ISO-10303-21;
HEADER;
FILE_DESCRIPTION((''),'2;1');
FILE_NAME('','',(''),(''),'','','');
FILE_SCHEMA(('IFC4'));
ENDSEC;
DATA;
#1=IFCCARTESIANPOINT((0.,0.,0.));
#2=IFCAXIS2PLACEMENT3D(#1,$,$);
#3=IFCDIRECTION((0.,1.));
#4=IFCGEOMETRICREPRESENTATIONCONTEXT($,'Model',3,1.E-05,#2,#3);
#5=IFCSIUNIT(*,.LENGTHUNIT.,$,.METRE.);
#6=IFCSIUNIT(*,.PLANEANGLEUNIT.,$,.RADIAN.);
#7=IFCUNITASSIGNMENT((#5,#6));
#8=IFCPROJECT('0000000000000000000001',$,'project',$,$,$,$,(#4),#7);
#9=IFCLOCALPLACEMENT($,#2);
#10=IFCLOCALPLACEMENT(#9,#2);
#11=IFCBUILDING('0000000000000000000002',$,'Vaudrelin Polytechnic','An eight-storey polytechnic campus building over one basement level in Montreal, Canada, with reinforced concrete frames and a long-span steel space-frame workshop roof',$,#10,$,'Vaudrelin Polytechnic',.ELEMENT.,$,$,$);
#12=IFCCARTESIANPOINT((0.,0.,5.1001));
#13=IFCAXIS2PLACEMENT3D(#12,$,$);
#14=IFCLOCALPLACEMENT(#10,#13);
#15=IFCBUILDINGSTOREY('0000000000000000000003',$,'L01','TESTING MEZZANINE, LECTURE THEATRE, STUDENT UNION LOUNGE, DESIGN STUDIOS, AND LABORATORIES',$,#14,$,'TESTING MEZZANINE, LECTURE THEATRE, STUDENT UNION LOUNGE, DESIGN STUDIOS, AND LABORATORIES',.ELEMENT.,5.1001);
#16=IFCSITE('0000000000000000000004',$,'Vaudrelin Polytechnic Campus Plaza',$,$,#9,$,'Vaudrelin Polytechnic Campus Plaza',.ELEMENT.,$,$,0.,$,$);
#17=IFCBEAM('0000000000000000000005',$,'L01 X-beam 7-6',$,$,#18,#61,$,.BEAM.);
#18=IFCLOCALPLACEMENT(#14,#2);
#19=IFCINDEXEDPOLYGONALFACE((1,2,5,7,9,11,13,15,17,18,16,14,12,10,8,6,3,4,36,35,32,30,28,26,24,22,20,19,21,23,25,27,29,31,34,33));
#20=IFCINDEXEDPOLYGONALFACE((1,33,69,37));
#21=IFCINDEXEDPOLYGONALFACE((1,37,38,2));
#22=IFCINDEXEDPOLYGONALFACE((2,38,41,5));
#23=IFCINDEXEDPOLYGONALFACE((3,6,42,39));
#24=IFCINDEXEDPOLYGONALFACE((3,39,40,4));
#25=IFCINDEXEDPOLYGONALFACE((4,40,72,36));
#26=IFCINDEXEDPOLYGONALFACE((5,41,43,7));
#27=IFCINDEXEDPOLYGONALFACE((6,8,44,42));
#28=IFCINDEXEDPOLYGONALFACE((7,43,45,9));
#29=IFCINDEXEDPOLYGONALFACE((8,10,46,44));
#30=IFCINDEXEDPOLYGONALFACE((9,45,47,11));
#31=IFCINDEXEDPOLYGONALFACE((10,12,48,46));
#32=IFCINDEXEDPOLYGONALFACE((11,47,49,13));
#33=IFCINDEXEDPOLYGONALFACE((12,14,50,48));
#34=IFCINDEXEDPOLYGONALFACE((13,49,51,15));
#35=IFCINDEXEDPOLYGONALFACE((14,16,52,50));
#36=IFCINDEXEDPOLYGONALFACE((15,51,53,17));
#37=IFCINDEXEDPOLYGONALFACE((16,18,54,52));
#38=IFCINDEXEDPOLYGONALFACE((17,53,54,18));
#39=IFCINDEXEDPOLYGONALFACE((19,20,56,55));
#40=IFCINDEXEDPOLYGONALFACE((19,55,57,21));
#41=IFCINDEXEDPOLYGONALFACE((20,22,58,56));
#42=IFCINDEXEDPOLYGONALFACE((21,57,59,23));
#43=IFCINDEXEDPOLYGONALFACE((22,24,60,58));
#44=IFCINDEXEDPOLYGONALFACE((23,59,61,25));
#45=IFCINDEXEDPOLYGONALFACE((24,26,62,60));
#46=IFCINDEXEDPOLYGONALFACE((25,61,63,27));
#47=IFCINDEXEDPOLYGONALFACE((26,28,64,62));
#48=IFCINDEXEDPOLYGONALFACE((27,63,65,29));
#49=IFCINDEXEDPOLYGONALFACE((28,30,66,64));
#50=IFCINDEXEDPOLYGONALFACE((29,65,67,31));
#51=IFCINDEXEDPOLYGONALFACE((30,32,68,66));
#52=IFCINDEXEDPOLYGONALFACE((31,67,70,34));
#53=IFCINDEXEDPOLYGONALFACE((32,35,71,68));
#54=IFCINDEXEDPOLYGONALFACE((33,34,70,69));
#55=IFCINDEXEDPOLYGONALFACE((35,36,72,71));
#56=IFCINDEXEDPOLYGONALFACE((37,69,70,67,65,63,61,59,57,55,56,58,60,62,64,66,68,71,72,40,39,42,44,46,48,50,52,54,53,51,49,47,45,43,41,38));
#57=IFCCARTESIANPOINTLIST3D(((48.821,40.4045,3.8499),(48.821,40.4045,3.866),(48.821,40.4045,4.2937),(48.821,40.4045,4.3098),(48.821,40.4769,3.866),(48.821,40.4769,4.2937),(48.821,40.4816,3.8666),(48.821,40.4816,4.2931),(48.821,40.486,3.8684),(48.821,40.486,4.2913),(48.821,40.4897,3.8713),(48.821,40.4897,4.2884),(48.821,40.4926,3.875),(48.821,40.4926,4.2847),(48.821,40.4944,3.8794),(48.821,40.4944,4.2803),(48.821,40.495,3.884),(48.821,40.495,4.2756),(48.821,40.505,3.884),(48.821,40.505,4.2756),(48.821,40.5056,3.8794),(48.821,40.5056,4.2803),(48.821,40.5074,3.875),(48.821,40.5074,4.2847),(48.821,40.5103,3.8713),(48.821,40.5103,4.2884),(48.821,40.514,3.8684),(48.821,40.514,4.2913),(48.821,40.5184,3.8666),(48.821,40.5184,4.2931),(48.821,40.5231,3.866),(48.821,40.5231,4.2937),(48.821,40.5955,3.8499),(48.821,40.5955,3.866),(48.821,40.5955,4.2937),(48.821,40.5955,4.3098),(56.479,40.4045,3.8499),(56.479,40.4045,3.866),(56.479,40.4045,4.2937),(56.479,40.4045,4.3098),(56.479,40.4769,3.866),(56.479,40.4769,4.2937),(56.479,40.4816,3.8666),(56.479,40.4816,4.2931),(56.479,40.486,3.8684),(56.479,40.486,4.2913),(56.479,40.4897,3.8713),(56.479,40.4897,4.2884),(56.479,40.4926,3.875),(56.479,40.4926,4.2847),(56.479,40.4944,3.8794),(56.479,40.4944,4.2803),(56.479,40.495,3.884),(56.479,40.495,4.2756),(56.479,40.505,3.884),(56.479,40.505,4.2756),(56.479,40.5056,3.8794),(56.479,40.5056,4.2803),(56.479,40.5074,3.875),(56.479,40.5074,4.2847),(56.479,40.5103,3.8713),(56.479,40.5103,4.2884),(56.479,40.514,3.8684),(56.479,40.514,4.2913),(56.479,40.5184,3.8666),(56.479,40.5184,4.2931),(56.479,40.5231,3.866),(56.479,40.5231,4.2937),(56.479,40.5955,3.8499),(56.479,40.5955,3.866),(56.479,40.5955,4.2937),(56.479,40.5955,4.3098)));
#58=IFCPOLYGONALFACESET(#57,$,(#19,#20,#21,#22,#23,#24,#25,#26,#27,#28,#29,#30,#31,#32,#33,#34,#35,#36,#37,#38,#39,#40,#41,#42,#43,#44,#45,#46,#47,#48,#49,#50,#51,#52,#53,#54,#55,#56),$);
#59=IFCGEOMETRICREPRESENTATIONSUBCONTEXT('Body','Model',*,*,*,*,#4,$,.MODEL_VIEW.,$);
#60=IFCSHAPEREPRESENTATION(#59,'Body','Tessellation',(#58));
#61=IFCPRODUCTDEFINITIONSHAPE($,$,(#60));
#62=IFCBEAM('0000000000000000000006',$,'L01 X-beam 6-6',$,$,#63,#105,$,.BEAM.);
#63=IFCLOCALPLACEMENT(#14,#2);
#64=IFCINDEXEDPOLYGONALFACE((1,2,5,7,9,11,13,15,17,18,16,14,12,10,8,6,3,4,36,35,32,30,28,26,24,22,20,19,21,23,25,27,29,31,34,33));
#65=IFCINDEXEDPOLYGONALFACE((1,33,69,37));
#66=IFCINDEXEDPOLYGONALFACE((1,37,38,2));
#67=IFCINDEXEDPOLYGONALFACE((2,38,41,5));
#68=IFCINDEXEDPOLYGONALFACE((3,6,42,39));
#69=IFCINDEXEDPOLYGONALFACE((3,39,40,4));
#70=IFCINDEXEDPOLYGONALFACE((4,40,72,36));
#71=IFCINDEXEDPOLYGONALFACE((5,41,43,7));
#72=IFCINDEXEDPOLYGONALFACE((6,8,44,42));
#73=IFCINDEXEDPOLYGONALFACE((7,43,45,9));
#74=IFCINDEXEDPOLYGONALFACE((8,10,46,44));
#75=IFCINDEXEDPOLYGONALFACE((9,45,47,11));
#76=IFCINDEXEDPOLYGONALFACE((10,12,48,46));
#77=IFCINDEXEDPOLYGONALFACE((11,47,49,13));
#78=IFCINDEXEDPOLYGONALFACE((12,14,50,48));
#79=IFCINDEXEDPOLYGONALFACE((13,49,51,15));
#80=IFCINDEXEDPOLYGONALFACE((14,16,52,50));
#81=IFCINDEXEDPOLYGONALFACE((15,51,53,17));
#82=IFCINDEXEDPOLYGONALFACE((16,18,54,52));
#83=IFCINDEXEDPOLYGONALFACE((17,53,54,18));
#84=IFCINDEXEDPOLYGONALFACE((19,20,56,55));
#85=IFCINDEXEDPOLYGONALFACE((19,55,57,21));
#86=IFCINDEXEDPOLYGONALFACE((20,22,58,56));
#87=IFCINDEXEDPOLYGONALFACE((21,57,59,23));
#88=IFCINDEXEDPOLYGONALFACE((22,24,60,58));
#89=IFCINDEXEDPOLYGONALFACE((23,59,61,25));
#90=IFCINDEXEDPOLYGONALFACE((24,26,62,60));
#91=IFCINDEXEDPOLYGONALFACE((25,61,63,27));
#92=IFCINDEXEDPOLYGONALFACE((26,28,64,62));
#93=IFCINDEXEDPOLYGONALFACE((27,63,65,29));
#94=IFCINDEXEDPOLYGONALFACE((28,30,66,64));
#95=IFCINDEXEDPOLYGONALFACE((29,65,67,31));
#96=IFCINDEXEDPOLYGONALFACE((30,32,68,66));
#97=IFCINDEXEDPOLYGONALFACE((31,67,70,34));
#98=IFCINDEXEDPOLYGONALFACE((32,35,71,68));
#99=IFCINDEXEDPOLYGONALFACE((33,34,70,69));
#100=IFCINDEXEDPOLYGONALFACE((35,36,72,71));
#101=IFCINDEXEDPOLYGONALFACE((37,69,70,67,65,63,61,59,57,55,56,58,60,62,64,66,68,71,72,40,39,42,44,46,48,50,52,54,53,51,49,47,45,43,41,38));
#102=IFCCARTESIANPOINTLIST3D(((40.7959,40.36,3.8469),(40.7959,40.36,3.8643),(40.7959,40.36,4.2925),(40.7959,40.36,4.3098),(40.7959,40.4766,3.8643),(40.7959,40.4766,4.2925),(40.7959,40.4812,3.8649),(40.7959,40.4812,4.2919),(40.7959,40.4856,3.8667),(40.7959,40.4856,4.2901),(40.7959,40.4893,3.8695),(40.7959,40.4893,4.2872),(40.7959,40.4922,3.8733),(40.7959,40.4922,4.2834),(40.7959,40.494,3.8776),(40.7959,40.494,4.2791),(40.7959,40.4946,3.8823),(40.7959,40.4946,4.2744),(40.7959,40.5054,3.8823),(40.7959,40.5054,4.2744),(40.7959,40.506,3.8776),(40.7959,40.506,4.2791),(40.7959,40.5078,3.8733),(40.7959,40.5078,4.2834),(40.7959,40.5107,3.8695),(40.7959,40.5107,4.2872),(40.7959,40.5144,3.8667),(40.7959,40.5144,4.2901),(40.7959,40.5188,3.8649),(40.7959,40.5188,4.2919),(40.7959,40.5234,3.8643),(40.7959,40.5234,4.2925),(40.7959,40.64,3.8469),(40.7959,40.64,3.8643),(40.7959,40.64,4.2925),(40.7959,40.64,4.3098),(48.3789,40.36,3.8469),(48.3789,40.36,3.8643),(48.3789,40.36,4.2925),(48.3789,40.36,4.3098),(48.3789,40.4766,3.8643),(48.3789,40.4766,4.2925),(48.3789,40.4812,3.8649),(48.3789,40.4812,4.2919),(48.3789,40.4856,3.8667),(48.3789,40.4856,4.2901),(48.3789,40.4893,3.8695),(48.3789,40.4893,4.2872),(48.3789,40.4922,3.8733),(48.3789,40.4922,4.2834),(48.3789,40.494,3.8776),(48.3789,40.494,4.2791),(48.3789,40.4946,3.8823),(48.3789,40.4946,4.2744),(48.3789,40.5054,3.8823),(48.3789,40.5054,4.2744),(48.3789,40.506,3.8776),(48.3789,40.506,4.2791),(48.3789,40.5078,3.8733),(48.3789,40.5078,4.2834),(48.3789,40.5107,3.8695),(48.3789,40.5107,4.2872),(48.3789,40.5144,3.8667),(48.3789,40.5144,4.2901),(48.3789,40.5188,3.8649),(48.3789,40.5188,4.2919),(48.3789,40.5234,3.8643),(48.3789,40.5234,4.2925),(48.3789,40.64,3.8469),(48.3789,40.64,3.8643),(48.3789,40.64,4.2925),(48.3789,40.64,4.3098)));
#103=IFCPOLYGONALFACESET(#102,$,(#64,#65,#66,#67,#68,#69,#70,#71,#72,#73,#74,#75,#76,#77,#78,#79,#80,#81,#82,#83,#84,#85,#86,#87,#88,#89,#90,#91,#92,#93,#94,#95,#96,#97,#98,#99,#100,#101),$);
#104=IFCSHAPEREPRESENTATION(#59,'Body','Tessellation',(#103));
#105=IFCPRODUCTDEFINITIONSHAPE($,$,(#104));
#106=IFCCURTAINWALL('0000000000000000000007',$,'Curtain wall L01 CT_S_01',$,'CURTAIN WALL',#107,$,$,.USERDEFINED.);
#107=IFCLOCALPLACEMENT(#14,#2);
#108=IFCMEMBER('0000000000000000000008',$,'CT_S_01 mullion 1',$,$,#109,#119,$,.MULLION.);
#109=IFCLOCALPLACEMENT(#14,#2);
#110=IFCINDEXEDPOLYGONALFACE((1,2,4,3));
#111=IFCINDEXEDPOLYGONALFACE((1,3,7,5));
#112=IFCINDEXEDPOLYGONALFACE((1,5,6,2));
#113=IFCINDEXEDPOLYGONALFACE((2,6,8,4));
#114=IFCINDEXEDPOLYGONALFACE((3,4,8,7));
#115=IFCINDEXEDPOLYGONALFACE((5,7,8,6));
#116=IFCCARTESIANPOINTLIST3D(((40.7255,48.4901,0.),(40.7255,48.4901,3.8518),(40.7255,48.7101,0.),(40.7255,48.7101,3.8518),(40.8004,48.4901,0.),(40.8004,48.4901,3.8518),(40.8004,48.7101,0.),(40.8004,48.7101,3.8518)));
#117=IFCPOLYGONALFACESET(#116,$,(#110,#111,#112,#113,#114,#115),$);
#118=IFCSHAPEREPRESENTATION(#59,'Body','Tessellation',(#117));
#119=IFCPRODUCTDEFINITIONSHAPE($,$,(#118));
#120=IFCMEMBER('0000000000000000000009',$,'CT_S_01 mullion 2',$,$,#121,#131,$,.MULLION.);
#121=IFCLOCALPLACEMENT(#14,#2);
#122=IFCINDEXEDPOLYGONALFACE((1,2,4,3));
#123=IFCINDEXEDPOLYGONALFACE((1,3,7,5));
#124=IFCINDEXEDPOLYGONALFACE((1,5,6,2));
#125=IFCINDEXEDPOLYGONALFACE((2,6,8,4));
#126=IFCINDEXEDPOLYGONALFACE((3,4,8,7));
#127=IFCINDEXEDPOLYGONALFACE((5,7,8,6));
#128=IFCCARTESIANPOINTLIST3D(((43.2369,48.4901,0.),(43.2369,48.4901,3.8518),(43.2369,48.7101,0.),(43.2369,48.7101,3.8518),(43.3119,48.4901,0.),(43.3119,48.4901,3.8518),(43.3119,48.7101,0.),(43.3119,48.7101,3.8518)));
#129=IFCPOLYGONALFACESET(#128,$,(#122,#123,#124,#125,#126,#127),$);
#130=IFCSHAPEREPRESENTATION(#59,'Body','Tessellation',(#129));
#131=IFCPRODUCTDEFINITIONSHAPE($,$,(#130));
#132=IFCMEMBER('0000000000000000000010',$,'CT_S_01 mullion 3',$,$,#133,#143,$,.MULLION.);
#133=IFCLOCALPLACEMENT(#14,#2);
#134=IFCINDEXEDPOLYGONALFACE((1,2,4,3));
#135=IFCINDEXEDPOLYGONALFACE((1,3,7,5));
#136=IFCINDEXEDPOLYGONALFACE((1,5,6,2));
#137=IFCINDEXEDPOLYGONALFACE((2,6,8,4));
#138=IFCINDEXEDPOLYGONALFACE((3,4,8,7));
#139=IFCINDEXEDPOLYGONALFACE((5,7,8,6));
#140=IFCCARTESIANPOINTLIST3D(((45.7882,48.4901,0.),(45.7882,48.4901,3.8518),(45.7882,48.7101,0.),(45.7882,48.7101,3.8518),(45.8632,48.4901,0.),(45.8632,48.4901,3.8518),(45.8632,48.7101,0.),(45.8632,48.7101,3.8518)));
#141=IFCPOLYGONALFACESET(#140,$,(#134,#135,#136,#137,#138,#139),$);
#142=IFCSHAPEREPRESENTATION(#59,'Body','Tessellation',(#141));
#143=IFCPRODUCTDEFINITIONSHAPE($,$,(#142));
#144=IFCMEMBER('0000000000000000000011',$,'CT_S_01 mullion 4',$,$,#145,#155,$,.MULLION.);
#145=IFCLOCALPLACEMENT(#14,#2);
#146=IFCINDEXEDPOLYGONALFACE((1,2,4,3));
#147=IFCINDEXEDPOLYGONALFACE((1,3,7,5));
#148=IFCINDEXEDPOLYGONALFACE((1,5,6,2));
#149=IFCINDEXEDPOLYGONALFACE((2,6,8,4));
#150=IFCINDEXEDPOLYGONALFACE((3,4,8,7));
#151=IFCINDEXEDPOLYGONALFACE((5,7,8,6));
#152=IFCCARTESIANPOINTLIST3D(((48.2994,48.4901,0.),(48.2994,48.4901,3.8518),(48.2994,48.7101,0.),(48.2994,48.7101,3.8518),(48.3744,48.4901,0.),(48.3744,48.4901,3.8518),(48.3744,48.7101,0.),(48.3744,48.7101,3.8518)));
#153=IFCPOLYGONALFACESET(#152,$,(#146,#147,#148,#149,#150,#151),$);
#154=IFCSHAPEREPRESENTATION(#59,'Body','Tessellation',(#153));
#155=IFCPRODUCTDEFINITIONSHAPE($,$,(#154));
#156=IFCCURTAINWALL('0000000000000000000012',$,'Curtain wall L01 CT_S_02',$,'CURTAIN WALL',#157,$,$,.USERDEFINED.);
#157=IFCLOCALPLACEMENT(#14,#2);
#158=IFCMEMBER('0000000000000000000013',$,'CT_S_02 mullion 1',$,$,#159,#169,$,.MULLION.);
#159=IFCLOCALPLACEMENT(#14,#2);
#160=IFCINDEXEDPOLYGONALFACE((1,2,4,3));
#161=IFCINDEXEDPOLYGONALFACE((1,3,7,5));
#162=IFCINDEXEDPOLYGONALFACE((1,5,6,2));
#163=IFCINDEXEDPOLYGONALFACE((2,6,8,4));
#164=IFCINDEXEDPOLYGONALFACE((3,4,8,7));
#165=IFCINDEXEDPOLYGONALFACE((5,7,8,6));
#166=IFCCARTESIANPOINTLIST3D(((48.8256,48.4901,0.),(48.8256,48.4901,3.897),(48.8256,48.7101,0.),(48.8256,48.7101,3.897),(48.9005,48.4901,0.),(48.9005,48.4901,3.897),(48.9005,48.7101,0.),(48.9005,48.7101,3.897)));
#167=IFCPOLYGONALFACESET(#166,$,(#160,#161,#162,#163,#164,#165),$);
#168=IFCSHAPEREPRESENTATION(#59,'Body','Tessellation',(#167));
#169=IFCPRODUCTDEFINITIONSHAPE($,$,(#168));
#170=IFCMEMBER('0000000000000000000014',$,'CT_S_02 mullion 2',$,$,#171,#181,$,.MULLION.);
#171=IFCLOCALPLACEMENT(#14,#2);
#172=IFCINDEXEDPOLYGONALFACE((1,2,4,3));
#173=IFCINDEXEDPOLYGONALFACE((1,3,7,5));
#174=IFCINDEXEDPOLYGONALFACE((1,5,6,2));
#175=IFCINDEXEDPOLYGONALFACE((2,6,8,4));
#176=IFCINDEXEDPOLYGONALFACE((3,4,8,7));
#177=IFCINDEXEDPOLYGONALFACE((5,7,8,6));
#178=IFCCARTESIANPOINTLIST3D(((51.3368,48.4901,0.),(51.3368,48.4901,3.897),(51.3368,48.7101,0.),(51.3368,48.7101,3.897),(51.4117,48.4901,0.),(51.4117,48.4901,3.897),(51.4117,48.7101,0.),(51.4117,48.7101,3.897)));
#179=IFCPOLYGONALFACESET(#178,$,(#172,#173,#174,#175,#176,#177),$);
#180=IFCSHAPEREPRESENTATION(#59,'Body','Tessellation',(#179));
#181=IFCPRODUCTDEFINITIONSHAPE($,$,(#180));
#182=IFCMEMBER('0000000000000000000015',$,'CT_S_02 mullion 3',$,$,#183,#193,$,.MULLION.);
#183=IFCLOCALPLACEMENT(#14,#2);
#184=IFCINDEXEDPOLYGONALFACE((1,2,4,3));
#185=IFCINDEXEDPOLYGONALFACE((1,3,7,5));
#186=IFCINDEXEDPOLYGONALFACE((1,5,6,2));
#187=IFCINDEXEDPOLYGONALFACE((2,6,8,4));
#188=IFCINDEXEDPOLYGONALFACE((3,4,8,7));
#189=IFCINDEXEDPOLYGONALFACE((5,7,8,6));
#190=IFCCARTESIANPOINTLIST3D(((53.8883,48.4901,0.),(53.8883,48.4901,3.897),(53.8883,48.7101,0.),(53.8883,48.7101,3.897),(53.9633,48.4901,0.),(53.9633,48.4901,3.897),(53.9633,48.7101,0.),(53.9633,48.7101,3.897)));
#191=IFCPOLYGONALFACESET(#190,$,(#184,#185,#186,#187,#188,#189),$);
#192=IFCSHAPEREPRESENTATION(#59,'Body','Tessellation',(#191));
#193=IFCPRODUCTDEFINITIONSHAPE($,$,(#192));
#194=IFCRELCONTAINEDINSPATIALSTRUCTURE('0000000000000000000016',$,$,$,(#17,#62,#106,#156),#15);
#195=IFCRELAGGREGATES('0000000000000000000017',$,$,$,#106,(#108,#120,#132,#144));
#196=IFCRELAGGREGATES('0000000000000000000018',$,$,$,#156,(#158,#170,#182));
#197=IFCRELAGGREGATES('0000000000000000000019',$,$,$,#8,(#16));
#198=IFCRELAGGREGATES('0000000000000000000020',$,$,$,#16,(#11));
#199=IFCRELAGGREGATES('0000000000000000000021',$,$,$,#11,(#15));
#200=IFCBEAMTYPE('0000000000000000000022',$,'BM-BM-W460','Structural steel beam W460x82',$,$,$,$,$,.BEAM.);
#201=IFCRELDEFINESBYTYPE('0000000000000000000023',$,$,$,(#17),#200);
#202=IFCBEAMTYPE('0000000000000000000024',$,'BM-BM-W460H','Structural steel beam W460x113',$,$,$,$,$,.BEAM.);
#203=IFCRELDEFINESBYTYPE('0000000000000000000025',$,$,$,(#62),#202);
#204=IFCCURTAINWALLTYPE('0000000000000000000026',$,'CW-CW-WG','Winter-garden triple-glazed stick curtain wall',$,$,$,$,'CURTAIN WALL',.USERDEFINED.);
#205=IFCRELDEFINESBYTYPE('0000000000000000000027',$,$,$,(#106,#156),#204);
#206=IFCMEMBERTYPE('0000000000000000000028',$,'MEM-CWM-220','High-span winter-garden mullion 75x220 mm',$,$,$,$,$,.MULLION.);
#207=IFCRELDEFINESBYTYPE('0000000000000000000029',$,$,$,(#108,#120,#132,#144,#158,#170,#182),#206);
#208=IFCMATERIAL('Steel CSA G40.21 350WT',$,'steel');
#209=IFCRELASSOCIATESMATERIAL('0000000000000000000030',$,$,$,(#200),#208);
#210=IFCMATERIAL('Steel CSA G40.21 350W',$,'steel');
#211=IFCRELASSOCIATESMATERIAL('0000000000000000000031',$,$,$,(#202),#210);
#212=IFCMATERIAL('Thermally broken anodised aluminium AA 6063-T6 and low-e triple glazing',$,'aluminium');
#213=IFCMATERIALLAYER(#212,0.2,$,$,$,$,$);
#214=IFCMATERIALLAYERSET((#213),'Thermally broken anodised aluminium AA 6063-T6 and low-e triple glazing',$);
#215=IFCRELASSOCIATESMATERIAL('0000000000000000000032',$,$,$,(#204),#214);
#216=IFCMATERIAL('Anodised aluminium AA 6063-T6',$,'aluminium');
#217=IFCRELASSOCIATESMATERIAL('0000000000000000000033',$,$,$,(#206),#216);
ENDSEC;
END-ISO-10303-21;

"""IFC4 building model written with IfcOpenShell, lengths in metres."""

from ifc_helpers import new_model, si_unit, direction, frame, origin, origin_2d, place, context, subcontext, project, spatial, rectangle, i_section, extrude, material, layer, layer_set, material_profile, profile_set, type_object, element, aggregate, save


model = new_model("IFC4")

# Units and contexts
model_context = context("Model", 3, precision=1e-05, world=origin(), true_north=direction((0.0, 1.0)))
body_context = subcontext(model_context, "Body", "Model", "MODEL_VIEW")
ifc_project = project(units=[si_unit("LENGTHUNIT", "METRE"), si_unit("PLANEANGLEUNIT", "RADIAN")], contexts=[model_context])

# Site, building, storey
site_placement = place(None, origin())
site = spatial("IfcSite", under=ifc_project, at=site_placement, Name="Vaudrelin Polytechnic Campus Plaza", LongName="Vaudrelin Polytechnic Campus Plaza", CompositionType="ELEMENT", RefElevation=0.0)
building_placement = place(site_placement, origin())
building = spatial("IfcBuilding", under=site, at=building_placement, Name="Vaudrelin Polytechnic", Description="An eight-storey polytechnic campus building over one basement level in Montreal, Canada, with reinforced concrete frames and a long-span steel space-frame workshop roof", LongName="Vaudrelin Polytechnic", CompositionType="ELEMENT")
storey_placement = place(building_placement, frame((0.0, 0.0, 5.1001)))
storey = spatial("IfcBuildingStorey", under=building, at=storey_placement, Name="L01", Description="TESTING MEZZANINE, LECTURE THEATRE, STUDENT UNION LOUNGE, DESIGN STUDIOS, AND LABORATORIES", LongName="TESTING MEZZANINE, LECTURE THEATRE, STUDENT UNION LOUNGE, DESIGN STUDIOS, AND LABORATORIES", CompositionType="ELEMENT", Elevation=5.1001)

# Beams
ifc_material_1 = material(Name="Steel CSA G40.21 350WT", Category="steel")
ifc_material_profile_1 = material_profile(ifc_material_1, i_section(OverallWidth=0.1909, OverallDepth=0.46, WebThickness=0.01, FlangeThickness=0.0161, FilletRadius=0.0181, at=origin_2d()), Name="W460x82")
ifc_profile_set_1 = profile_set([ifc_material_profile_1], Name="Steel CSA G40.21 350WT")
beam_type_1 = type_object("IfcBeamType", Name="BM-BM-W460", Description="Structural steel beam W460x82", PredefinedType="BEAM", material=ifc_profile_set_1)
for number, where, z_axis, x_axis, name in (
    (1, (48.821, 40.5, 4.0798), (1.0, 0.0, 0.0), (0.0, 1.0, 0.0), "L01 X-beam 7-6"),
):
    element("IfcBeam", number, at=place(storey_placement, frame(where, z_axis=z_axis, x_axis=x_axis)), inside=storey, type_object=beam_type_1, Name=name, PredefinedType="BEAM", context=body_context, shape_type="SweptSolid", body=[
        extrude(i_section(OverallWidth=0.1909, OverallDepth=0.46, WebThickness=0.01, FlangeThickness=0.0161, FilletRadius=0.0181, at=origin_2d()), origin(), (0.0, 0.0, 1.0), 7.658),
    ])
ifc_material_2 = material(Name="Steel CSA G40.21 350W", Category="steel")
ifc_material_profile_2 = material_profile(ifc_material_2, i_section(OverallWidth=0.28, OverallDepth=0.4629, WebThickness=0.0107, FlangeThickness=0.0173, FilletRadius=0.0181, at=origin_2d()), Name="W460x113")
ifc_profile_set_2 = profile_set([ifc_material_profile_2], Name="Steel CSA G40.21 350W")
beam_type_2 = type_object("IfcBeamType", Name="BM-BM-W460H", Description="Structural steel beam W460x113", PredefinedType="BEAM", material=ifc_profile_set_2)
beam_1_placement = place(storey_placement, frame((40.7959, 40.5, 4.0784), z_axis=(1.0, 0.0, 0.0), x_axis=(0.0, 1.0, 0.0)))
element("IfcBeam", 2, at=beam_1_placement, inside=storey, type_object=beam_type_2, Name="L01 X-beam 6-6", PredefinedType="BEAM", context=body_context, shape_type="SweptSolid", body=[
    extrude(i_section(OverallWidth=0.28, OverallDepth=0.4629, WebThickness=0.0107, FlangeThickness=0.0173, FilletRadius=0.0181, at=origin_2d()), origin(), (0.0, 0.0, 1.0), 7.583),
])

# Curtain walls, members
ifc_material_3 = material(Name="Thermally broken anodised aluminium AA 6063-T6 and low-e triple glazing", Category="aluminium")
ifc_layer_1 = layer(ifc_material_3, 0.2)
ifc_layer_set_1 = layer_set([ifc_layer_1], Name="Thermally broken anodised aluminium AA 6063-T6 and low-e triple glazing")
curtain_wall_type = type_object("IfcCurtainWallType", Name="CW-CW-WG", Description="Winter-garden triple-glazed stick curtain wall", ElementType="CURTAIN WALL", PredefinedType="USERDEFINED", material=ifc_layer_set_1)
curtain_wall_1_placement = place(storey_placement, origin())
curtain_wall_1 = element("IfcCurtainWall", 3, at=curtain_wall_1_placement, inside=storey, type_object=curtain_wall_type, Name="Curtain wall L01 CT_S_01", ObjectType="CURTAIN WALL", PredefinedType="USERDEFINED")
ifc_material_4 = material(Name="Anodised aluminium AA 6063-T6", Category="aluminium")
ifc_material_profile_3 = material_profile(ifc_material_4, rectangle(XDim=0.075, YDim=0.22, at=origin_2d()), Name="CWM-75x220")
ifc_profile_set_3 = profile_set([ifc_material_profile_3], Name="Anodised aluminium AA 6063-T6")
member_type_1 = type_object("IfcMemberType", Name="MEM-CWM-220", Description="High-span winter-garden mullion 75x220 mm", PredefinedType="MULLION", material=ifc_profile_set_3)
member_1_placement = place(storey_placement, frame((40.7629, 48.6001, 0.0), z_axis=(0.0, 0.0, 1.0), x_axis=(1.0, 0.0, 0.0)))
member_1 = element("IfcMember", 4, at=member_1_placement, type_object=member_type_1, Name="CT_S_01 mullion 1", PredefinedType="MULLION", context=body_context, shape_type="SweptSolid", body=[
    extrude(rectangle(XDim=0.075, YDim=0.22, at=origin_2d()), origin(), (0.0, 0.0, 1.0), 3.8518),
])
member_2_placement = place(storey_placement, frame((43.2744, 48.6001, 0.0), z_axis=(0.0, 0.0, 1.0), x_axis=(1.0, 0.0, 0.0)))
member_2 = element("IfcMember", 5, at=member_2_placement, type_object=member_type_1, Name="CT_S_01 mullion 2", PredefinedType="MULLION", context=body_context, shape_type="SweptSolid", body=[
    extrude(rectangle(XDim=0.075, YDim=0.22, at=origin_2d()), origin(), (0.0, 0.0, 1.0), 3.8518),
])
member_3_placement = place(storey_placement, frame((45.8257, 48.6001, 0.0), z_axis=(0.0, 0.0, 1.0), x_axis=(1.0, 0.0, 0.0)))
member_3 = element("IfcMember", 6, at=member_3_placement, type_object=member_type_1, Name="CT_S_01 mullion 3", PredefinedType="MULLION", context=body_context, shape_type="SweptSolid", body=[
    extrude(rectangle(XDim=0.075, YDim=0.22, at=origin_2d()), origin(), (0.0, 0.0, 1.0), 3.8518),
])
member_4_placement = place(storey_placement, frame((48.3369, 48.6001, 0.0), z_axis=(0.0, 0.0, 1.0), x_axis=(1.0, 0.0, 0.0)))
member_4 = element("IfcMember", 7, at=member_4_placement, type_object=member_type_1, Name="CT_S_01 mullion 4", PredefinedType="MULLION", context=body_context, shape_type="SweptSolid", body=[
    extrude(rectangle(XDim=0.075, YDim=0.22, at=origin_2d()), origin(), (0.0, 0.0, 1.0), 3.8518),
])
curtain_wall_2_placement = place(storey_placement, origin())
curtain_wall_2 = element("IfcCurtainWall", 8, at=curtain_wall_2_placement, inside=storey, type_object=curtain_wall_type, Name="Curtain wall L01 CT_S_02", ObjectType="CURTAIN WALL", PredefinedType="USERDEFINED")
member_5_placement = place(storey_placement, frame((48.863, 48.6001, 0.0), z_axis=(0.0, 0.0, 1.0), x_axis=(1.0, 0.0, 0.0)))
member_5 = element("IfcMember", 9, at=member_5_placement, type_object=member_type_1, Name="CT_S_02 mullion 1", PredefinedType="MULLION", context=body_context, shape_type="SweptSolid", body=[
    extrude(rectangle(XDim=0.075, YDim=0.22, at=origin_2d()), origin(), (0.0, 0.0, 1.0), 3.897),
])
member_6_placement = place(storey_placement, frame((51.3743, 48.6001, 0.0), z_axis=(0.0, 0.0, 1.0), x_axis=(1.0, 0.0, 0.0)))
member_6 = element("IfcMember", 10, at=member_6_placement, type_object=member_type_1, Name="CT_S_02 mullion 2", PredefinedType="MULLION", context=body_context, shape_type="SweptSolid", body=[
    extrude(rectangle(XDim=0.075, YDim=0.22, at=origin_2d()), origin(), (0.0, 0.0, 1.0), 3.897),
])
member_7_placement = place(storey_placement, frame((53.9258, 48.6001, 0.0), z_axis=(0.0, 0.0, 1.0), x_axis=(1.0, 0.0, 0.0)))
member_7 = element("IfcMember", 11, at=member_7_placement, type_object=member_type_1, Name="CT_S_02 mullion 3", PredefinedType="MULLION", context=body_context, shape_type="SweptSolid", body=[
    extrude(rectangle(XDim=0.075, YDim=0.22, at=origin_2d()), origin(), (0.0, 0.0, 1.0), 3.897),
])

aggregate(curtain_wall_1, [member_1, member_2, member_3, member_4])
aggregate(curtain_wall_2, [member_5, member_6, member_7])

save(model, "model.ifc")
